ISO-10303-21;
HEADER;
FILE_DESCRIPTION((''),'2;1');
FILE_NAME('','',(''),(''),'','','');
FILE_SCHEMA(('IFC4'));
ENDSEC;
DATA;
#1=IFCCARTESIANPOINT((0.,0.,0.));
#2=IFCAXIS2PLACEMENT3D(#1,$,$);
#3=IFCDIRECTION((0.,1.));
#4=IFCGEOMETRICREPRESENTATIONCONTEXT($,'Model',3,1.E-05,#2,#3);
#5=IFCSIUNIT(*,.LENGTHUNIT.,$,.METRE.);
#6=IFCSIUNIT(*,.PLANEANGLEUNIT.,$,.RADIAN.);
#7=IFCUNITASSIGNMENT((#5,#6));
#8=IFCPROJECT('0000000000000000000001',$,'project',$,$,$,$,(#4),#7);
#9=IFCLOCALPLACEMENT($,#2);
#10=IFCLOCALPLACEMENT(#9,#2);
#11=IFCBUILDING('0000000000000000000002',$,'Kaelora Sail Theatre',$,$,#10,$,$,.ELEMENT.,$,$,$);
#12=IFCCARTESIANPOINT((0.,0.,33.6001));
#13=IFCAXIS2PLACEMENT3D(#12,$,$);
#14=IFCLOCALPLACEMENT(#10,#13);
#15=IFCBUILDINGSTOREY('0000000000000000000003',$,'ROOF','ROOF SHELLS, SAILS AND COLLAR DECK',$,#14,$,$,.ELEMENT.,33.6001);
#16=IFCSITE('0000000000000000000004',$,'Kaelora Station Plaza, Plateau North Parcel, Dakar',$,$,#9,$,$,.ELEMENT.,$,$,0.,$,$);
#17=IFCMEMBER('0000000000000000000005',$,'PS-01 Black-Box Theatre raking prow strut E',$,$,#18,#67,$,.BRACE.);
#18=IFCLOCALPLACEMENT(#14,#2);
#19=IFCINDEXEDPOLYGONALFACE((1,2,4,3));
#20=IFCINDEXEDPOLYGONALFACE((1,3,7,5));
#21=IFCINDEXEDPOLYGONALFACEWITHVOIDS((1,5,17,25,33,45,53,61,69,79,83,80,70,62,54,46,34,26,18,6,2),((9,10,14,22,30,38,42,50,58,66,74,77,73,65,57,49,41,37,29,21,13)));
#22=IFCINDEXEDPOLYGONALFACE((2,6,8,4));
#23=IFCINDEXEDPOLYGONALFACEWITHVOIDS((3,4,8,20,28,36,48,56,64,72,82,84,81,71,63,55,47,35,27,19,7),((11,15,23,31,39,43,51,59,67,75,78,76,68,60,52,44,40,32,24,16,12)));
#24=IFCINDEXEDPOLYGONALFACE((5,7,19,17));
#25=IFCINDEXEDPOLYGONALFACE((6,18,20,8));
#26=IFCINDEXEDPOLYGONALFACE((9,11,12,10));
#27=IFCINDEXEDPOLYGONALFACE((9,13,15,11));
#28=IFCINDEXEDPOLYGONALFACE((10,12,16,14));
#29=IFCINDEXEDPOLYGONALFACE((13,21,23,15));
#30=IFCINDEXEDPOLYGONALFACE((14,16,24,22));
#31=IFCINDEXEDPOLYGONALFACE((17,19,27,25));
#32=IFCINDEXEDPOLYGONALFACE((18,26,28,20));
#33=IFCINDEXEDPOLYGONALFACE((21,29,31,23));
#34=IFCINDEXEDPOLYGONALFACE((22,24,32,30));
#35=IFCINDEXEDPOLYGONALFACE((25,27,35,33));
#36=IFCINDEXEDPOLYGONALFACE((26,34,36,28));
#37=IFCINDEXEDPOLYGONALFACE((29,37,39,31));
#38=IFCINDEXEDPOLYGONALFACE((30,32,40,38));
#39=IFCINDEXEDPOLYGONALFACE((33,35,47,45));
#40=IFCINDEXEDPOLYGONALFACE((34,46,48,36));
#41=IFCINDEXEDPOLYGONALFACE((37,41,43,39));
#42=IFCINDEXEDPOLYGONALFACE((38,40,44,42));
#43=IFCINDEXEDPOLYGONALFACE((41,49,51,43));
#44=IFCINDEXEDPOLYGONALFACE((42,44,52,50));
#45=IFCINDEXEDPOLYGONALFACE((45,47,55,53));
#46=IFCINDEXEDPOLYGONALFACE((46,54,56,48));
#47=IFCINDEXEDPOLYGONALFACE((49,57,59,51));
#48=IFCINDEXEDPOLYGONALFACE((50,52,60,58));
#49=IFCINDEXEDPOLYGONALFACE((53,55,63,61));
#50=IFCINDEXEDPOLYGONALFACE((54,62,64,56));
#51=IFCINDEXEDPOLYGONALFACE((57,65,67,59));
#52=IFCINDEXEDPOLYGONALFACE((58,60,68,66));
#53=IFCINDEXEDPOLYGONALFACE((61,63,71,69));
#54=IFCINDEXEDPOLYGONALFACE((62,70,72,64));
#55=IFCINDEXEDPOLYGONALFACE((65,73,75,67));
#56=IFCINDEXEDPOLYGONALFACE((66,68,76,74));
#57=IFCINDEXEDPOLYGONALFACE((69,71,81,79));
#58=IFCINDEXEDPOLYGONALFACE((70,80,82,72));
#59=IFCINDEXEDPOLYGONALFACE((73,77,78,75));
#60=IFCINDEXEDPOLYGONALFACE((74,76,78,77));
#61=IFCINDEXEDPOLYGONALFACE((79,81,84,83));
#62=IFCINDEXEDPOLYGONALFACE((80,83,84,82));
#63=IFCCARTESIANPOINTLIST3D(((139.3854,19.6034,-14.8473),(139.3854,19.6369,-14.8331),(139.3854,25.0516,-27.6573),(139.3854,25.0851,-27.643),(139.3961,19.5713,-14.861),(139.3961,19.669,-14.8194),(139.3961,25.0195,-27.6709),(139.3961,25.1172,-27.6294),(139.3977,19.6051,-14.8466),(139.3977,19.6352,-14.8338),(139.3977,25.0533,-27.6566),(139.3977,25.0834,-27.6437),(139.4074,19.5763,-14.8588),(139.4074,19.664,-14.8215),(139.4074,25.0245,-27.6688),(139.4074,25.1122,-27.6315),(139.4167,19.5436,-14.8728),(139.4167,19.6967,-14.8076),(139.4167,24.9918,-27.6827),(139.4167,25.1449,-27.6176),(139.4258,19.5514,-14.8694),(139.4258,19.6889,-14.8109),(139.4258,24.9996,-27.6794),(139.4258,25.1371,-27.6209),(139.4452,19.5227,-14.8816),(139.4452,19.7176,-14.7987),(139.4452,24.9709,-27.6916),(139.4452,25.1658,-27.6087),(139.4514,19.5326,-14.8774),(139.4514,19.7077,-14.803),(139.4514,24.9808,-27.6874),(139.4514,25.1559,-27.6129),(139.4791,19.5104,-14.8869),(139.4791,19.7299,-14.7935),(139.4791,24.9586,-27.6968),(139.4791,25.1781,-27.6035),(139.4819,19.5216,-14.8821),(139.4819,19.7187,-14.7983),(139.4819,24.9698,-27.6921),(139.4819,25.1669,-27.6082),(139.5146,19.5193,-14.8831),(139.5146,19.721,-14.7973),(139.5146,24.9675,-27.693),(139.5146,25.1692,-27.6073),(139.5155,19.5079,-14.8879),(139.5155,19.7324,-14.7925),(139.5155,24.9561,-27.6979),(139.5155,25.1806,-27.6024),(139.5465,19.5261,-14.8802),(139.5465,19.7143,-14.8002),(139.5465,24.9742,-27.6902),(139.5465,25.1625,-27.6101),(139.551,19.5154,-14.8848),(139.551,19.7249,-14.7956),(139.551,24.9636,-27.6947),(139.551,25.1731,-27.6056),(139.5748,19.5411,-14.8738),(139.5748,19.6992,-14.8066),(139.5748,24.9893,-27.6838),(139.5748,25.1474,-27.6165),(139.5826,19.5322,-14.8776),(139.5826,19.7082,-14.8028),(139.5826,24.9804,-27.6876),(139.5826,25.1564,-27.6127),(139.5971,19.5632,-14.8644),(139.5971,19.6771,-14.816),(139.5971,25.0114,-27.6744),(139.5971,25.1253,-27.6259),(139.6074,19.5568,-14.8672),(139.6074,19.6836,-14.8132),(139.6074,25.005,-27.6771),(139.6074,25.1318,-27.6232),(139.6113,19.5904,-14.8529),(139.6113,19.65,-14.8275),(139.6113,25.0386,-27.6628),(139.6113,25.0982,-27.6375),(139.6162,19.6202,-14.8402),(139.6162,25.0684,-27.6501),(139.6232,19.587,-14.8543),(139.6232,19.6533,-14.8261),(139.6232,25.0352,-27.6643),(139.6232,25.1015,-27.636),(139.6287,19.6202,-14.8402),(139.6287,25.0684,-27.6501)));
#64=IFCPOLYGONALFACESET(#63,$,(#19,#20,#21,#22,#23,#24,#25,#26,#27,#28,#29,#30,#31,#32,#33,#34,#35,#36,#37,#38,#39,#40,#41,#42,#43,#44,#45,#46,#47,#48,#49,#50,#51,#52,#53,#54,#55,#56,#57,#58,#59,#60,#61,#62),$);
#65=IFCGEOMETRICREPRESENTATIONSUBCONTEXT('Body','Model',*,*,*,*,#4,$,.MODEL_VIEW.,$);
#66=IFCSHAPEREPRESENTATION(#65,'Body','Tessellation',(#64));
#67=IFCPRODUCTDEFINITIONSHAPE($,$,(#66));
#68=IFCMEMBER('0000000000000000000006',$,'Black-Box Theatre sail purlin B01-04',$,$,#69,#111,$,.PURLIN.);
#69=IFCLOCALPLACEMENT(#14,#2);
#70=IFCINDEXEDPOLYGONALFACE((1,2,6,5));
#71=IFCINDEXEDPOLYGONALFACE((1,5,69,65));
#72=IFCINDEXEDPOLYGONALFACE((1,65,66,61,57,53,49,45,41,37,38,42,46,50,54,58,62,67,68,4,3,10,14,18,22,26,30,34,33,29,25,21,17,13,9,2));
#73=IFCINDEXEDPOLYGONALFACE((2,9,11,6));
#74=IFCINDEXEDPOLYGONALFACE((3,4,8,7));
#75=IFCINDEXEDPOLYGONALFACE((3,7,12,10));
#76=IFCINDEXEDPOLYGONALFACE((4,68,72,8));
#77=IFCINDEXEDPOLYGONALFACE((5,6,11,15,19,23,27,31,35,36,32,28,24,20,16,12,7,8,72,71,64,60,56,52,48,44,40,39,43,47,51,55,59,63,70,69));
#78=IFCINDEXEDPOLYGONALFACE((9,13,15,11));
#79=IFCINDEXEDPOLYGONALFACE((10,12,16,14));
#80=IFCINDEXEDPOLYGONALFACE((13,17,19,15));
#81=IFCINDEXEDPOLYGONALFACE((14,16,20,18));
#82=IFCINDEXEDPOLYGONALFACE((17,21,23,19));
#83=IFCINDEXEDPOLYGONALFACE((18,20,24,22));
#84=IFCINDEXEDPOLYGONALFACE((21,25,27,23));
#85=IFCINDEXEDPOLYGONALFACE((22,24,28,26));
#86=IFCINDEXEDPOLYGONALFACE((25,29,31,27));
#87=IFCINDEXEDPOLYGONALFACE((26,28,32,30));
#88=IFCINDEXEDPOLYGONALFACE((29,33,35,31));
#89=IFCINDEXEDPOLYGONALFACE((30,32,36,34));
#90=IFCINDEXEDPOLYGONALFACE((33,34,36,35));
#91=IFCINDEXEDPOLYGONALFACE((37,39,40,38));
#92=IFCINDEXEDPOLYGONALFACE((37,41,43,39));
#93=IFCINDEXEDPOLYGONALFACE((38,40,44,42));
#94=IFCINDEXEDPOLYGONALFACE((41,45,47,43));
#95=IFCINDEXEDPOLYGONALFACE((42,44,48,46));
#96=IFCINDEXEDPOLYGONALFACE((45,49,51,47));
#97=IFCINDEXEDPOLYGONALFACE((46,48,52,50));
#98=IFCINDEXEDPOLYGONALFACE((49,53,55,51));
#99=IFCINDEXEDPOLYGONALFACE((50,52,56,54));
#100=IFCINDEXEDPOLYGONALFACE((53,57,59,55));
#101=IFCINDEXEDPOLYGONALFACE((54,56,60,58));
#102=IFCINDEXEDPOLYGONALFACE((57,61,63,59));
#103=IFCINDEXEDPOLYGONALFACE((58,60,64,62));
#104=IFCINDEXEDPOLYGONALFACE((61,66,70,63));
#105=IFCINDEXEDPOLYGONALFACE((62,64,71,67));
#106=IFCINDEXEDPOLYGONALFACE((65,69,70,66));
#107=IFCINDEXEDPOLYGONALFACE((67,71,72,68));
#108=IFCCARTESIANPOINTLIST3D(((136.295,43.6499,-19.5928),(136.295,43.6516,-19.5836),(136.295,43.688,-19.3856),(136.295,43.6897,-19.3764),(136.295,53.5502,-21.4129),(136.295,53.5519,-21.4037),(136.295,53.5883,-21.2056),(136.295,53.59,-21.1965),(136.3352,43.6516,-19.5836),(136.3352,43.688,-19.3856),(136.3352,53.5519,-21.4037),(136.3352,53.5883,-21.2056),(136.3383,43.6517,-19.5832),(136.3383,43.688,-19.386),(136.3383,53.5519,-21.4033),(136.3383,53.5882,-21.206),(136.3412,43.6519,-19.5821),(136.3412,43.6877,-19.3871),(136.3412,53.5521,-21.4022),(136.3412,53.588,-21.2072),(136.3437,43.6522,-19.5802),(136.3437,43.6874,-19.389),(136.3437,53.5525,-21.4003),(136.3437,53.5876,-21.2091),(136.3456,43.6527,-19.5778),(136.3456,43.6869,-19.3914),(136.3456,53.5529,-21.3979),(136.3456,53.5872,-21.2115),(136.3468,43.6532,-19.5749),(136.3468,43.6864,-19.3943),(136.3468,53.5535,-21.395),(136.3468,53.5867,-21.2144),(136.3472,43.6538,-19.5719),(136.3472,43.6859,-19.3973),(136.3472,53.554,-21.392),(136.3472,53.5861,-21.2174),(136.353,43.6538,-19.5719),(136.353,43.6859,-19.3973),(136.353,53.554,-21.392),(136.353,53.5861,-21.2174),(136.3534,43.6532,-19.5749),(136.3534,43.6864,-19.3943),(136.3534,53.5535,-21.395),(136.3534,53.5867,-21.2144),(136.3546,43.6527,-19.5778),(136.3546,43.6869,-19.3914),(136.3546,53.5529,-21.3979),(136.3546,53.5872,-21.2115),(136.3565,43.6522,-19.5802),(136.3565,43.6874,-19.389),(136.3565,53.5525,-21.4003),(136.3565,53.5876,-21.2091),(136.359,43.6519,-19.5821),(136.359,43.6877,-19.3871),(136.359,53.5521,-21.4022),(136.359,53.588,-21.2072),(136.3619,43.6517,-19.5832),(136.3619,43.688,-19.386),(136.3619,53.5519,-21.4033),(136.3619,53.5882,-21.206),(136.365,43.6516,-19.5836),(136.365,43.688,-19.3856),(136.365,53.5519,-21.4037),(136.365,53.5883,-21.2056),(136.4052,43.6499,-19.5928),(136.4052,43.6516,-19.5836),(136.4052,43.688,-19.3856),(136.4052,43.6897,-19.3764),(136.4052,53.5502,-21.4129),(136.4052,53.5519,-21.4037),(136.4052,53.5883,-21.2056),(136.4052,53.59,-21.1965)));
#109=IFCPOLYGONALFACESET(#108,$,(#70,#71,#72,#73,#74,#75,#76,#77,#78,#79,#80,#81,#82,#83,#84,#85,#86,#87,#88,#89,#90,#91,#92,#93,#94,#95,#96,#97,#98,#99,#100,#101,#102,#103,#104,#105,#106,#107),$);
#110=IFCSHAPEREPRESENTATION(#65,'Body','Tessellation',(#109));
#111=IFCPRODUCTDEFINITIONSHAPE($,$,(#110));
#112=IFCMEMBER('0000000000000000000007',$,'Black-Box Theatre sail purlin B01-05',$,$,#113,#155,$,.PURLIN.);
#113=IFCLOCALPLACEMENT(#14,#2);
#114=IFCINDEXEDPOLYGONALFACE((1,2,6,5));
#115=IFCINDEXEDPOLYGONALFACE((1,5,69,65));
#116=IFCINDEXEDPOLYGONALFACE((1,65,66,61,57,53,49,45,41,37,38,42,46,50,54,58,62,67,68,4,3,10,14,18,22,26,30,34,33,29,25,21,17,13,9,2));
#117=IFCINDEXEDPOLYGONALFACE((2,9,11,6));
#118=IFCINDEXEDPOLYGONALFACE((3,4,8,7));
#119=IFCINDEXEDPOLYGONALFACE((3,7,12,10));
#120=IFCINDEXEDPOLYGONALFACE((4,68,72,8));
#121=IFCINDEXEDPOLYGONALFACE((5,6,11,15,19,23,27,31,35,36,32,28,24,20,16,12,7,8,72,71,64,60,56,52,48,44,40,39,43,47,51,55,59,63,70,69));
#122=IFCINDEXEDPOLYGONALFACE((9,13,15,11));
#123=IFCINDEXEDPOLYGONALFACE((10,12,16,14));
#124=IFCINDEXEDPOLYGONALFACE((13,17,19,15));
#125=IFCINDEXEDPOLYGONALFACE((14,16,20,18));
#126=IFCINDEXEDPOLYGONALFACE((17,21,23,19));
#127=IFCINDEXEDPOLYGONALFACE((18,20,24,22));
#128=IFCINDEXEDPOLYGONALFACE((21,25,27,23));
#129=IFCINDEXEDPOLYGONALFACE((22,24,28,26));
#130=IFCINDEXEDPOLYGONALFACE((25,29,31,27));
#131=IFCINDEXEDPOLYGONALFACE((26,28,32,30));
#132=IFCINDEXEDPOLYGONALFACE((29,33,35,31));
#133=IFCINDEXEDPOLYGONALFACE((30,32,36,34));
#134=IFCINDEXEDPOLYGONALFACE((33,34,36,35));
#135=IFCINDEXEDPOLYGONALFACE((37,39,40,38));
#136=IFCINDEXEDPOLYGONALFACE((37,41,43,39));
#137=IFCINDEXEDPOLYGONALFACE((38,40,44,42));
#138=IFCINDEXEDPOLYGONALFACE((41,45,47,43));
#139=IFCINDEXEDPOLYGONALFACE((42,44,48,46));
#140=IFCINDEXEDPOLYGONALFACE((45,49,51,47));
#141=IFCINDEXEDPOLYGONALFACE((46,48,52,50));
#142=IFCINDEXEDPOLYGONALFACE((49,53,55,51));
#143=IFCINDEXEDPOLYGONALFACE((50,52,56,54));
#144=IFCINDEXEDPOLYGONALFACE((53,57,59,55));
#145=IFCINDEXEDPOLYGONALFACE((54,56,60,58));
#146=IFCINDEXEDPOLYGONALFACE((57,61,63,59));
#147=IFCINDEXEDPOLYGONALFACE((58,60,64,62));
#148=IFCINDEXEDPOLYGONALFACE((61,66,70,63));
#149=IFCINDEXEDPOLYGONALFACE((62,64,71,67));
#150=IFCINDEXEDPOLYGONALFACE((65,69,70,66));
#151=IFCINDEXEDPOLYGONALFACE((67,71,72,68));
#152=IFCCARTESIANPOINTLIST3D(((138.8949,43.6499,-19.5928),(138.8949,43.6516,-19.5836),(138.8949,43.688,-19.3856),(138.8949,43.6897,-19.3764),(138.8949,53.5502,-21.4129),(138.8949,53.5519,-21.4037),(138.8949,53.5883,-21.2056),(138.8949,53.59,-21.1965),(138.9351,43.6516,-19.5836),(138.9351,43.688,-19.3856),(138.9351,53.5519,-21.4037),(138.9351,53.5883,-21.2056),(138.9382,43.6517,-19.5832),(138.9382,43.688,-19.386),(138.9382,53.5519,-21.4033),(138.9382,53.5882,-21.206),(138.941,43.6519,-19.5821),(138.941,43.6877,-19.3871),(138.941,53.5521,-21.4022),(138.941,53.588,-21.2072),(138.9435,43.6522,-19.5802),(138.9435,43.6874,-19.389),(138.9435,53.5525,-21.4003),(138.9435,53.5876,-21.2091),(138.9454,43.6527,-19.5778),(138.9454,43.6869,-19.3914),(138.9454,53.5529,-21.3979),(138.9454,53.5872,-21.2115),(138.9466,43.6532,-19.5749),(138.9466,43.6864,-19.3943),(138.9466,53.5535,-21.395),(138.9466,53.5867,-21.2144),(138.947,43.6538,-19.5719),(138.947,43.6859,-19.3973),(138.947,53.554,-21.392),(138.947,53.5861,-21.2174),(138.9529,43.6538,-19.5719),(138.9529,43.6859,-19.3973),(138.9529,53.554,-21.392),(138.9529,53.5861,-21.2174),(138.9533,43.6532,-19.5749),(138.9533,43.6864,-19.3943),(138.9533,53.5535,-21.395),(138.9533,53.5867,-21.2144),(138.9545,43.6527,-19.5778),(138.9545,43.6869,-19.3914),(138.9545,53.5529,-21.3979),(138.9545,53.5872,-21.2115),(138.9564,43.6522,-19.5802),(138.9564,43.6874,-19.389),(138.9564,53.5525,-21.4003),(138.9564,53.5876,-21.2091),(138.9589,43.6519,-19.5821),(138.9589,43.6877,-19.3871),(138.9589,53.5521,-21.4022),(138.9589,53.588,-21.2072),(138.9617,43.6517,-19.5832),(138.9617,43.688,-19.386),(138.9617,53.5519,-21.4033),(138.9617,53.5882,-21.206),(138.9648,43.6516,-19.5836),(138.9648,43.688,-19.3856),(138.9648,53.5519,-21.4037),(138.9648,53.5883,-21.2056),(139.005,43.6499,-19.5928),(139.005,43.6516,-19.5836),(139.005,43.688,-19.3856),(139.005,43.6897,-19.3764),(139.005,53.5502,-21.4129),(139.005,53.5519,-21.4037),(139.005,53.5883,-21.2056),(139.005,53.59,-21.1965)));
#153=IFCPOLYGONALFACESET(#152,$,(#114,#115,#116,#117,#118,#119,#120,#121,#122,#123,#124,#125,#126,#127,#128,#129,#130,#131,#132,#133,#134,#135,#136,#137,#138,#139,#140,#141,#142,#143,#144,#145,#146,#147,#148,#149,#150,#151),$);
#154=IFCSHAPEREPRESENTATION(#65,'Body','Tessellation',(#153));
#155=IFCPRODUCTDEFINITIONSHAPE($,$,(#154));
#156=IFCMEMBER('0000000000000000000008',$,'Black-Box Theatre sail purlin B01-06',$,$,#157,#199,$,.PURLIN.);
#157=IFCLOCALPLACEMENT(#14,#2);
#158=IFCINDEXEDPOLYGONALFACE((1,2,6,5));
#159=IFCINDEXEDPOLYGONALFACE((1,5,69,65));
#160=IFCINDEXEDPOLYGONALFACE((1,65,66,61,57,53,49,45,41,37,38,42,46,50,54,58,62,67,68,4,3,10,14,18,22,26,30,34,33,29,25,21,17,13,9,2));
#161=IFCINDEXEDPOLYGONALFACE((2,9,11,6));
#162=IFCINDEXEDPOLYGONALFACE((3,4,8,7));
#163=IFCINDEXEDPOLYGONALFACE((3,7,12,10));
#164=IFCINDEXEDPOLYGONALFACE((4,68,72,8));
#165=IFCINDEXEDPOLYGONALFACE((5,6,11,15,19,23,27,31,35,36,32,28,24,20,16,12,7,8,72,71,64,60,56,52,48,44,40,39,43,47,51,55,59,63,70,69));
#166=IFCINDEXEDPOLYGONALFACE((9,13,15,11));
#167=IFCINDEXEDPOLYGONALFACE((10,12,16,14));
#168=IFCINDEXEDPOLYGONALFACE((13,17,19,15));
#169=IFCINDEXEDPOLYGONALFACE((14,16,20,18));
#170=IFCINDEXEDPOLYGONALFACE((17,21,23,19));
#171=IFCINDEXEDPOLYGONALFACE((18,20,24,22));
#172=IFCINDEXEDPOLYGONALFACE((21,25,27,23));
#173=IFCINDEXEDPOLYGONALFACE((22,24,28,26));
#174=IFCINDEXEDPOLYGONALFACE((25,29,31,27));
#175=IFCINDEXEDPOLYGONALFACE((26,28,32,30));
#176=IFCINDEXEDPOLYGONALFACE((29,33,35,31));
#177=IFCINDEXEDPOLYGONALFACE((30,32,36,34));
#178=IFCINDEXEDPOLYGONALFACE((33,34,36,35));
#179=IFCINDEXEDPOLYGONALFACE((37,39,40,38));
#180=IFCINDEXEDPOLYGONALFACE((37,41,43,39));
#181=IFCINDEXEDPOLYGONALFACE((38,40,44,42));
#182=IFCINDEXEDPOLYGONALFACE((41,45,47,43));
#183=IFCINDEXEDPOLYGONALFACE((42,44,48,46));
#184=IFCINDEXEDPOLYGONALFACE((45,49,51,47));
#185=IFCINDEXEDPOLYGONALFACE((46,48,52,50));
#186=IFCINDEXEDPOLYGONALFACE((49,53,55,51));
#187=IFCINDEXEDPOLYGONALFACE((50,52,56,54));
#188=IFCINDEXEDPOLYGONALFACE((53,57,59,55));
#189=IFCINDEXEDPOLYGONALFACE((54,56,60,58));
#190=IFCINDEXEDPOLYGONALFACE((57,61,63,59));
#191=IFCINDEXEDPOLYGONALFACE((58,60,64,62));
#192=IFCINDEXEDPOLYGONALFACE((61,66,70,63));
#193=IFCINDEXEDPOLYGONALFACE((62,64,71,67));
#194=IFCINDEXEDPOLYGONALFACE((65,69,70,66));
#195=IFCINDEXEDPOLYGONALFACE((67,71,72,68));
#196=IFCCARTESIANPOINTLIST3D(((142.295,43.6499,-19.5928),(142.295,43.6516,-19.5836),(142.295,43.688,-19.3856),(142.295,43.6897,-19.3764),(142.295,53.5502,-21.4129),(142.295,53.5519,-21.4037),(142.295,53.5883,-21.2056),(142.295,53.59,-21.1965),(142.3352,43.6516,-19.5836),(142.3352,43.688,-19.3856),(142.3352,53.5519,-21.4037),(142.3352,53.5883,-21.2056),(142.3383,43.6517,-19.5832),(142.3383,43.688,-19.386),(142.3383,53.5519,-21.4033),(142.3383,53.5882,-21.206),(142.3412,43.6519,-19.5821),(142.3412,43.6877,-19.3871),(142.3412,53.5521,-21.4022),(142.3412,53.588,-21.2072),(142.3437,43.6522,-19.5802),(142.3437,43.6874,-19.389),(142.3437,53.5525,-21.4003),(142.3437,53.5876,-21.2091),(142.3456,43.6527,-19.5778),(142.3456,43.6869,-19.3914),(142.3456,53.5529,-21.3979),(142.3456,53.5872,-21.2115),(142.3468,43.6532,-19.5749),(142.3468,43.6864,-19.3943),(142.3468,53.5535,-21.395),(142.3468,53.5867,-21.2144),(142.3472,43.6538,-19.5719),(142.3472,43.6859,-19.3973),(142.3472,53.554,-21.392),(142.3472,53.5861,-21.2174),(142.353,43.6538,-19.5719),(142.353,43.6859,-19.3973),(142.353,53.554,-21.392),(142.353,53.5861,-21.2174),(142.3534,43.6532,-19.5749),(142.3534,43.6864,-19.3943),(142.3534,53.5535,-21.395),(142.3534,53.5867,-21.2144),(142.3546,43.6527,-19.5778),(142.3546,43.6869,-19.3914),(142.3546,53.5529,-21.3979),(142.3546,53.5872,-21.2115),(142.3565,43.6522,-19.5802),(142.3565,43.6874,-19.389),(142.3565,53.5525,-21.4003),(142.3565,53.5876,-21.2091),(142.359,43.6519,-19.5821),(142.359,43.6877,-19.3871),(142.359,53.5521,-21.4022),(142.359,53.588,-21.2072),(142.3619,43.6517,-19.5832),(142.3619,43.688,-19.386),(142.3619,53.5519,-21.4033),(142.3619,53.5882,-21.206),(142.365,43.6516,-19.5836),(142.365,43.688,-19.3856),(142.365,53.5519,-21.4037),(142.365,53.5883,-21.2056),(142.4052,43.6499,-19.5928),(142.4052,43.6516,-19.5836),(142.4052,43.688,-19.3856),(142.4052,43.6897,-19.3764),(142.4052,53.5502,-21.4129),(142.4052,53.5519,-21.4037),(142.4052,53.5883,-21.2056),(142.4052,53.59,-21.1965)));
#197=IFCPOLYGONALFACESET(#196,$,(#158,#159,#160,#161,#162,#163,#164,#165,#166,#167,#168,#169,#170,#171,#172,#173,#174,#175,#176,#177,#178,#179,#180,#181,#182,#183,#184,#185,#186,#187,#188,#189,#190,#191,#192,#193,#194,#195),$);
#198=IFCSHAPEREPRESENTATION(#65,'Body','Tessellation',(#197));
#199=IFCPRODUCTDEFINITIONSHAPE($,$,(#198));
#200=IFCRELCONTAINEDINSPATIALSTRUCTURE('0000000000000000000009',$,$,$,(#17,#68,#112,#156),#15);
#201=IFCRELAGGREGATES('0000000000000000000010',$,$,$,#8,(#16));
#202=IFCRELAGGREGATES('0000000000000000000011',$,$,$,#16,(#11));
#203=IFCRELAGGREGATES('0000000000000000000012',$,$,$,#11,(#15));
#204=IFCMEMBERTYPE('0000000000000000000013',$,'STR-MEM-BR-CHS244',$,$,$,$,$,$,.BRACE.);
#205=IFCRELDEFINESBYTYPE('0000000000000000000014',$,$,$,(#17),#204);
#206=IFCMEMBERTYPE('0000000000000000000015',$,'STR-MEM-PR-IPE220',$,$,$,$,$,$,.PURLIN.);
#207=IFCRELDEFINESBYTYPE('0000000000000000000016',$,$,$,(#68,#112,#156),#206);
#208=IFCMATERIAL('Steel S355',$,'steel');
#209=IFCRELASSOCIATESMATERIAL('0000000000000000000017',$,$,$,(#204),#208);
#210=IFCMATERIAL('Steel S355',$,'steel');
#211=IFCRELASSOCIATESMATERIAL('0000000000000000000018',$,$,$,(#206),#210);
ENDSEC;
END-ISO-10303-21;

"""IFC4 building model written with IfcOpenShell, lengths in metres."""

from ifc_helpers import new_model, si_unit, direction, frame, origin, origin_2d, place, context, subcontext, project, spatial, hollow_circle, i_section, extrude, material, material_profile, profile_set, type_object, element, save


model = new_model("IFC4")

# Units and contexts
model_context = context("Model", 3, precision=1e-05, world=origin(), true_north=direction((0.0, 1.0)))
body_context = subcontext(model_context, "Body", "Model", "MODEL_VIEW")
ifc_project = project(units=[si_unit("LENGTHUNIT", "METRE"), si_unit("PLANEANGLEUNIT", "RADIAN")], contexts=[model_context])

# Site, building, storey
site_placement = place(None, origin())
site = spatial("IfcSite", under=ifc_project, at=site_placement, Name="Kaelora Station Plaza, Plateau North Parcel, Dakar", CompositionType="ELEMENT", RefElevation=0.0)
building_placement = place(site_placement, origin())
building = spatial("IfcBuilding", under=site, at=building_placement, Name="Kaelora Sail Theatre", CompositionType="ELEMENT")
storey_placement = place(building_placement, frame((0.0, 0.0, 33.6001)))
storey = spatial("IfcBuildingStorey", under=building, at=storey_placement, Name="ROOF", Description="ROOF SHELLS, SAILS AND COLLAR DECK", CompositionType="ELEMENT", Elevation=33.6001)

# Members
ifc_material_1 = material(Name="Steel S355", Category="steel")
ifc_material_profile_1 = material_profile(ifc_material_1, hollow_circle(Radius=0.1223, WallThickness=0.0125, at=origin_2d()), Name="CHS 244.5x12.5")
ifc_profile_set_1 = profile_set([ifc_material_profile_1], Name="Steel S355")
member_type_1 = type_object("IfcMemberType", Name="STR-MEM-BR-CHS244", PredefinedType="BRACE", material=ifc_profile_set_1)
member_placement = place(storey_placement, frame((139.5063, 25.0684, -27.6501), z_axis=(0.0, -0.391382, 0.920228), x_axis=(1.0, 0.0, 0.0)))
element("IfcMember", 1, at=member_placement, inside=storey, type_object=member_type_1, Name="PS-01 Black-Box Theatre raking prow strut E", PredefinedType="BRACE", context=body_context, shape_type="SweptSolid", body=[
    extrude(hollow_circle(Radius=0.1223, WallThickness=0.0125, at=origin_2d()), origin(), (0.0, 0.0, 1.0), 13.9204),
])
ifc_material_2 = material(Name="Steel S355", Category="steel")
ifc_material_profile_2 = material_profile(ifc_material_2, i_section(OverallWidth=0.1101, OverallDepth=0.22, WebThickness=0.0059, FlangeThickness=0.0093, FilletRadius=0.012, at=origin_2d()), Name="IPE 220")
ifc_profile_set_2 = profile_set([ifc_material_profile_2], Name="Steel S355")
member_type_2 = type_object("IfcMemberType", Name="STR-MEM-PR-IPE220", PredefinedType="PURLIN", material=ifc_profile_set_2)
for number, where, z_axis, x_axis, name in (
    (2, (136.3501, 53.5701, -21.3047), (0.0, -0.983518, 0.180812), (1.0, 0.0, 0.0), "Black-Box Theatre sail purlin B01-04"),
    (3, (138.95, 53.5701, -21.3047), (0.0, -0.983518, 0.180812), (1.0, 0.0, 0.0), "Black-Box Theatre sail purlin B01-05"),
    (4, (142.3501, 53.5701, -21.3047), (0.0, -0.983518, 0.180812), (1.0, 0.0, 0.0), "Black-Box Theatre sail purlin B01-06"),
):
    element("IfcMember", number, at=place(storey_placement, frame(where, z_axis=z_axis, x_axis=x_axis)), inside=storey, type_object=member_type_2, Name=name, PredefinedType="PURLIN", context=body_context, shape_type="SweptSolid", body=[
        extrude(i_section(OverallWidth=0.1101, OverallDepth=0.22, WebThickness=0.0059, FlangeThickness=0.0093, FilletRadius=0.012, at=origin_2d()), origin(), (0.0, 0.0, 1.0), 10.0662),
    ])

save(model, "model.ifc")
